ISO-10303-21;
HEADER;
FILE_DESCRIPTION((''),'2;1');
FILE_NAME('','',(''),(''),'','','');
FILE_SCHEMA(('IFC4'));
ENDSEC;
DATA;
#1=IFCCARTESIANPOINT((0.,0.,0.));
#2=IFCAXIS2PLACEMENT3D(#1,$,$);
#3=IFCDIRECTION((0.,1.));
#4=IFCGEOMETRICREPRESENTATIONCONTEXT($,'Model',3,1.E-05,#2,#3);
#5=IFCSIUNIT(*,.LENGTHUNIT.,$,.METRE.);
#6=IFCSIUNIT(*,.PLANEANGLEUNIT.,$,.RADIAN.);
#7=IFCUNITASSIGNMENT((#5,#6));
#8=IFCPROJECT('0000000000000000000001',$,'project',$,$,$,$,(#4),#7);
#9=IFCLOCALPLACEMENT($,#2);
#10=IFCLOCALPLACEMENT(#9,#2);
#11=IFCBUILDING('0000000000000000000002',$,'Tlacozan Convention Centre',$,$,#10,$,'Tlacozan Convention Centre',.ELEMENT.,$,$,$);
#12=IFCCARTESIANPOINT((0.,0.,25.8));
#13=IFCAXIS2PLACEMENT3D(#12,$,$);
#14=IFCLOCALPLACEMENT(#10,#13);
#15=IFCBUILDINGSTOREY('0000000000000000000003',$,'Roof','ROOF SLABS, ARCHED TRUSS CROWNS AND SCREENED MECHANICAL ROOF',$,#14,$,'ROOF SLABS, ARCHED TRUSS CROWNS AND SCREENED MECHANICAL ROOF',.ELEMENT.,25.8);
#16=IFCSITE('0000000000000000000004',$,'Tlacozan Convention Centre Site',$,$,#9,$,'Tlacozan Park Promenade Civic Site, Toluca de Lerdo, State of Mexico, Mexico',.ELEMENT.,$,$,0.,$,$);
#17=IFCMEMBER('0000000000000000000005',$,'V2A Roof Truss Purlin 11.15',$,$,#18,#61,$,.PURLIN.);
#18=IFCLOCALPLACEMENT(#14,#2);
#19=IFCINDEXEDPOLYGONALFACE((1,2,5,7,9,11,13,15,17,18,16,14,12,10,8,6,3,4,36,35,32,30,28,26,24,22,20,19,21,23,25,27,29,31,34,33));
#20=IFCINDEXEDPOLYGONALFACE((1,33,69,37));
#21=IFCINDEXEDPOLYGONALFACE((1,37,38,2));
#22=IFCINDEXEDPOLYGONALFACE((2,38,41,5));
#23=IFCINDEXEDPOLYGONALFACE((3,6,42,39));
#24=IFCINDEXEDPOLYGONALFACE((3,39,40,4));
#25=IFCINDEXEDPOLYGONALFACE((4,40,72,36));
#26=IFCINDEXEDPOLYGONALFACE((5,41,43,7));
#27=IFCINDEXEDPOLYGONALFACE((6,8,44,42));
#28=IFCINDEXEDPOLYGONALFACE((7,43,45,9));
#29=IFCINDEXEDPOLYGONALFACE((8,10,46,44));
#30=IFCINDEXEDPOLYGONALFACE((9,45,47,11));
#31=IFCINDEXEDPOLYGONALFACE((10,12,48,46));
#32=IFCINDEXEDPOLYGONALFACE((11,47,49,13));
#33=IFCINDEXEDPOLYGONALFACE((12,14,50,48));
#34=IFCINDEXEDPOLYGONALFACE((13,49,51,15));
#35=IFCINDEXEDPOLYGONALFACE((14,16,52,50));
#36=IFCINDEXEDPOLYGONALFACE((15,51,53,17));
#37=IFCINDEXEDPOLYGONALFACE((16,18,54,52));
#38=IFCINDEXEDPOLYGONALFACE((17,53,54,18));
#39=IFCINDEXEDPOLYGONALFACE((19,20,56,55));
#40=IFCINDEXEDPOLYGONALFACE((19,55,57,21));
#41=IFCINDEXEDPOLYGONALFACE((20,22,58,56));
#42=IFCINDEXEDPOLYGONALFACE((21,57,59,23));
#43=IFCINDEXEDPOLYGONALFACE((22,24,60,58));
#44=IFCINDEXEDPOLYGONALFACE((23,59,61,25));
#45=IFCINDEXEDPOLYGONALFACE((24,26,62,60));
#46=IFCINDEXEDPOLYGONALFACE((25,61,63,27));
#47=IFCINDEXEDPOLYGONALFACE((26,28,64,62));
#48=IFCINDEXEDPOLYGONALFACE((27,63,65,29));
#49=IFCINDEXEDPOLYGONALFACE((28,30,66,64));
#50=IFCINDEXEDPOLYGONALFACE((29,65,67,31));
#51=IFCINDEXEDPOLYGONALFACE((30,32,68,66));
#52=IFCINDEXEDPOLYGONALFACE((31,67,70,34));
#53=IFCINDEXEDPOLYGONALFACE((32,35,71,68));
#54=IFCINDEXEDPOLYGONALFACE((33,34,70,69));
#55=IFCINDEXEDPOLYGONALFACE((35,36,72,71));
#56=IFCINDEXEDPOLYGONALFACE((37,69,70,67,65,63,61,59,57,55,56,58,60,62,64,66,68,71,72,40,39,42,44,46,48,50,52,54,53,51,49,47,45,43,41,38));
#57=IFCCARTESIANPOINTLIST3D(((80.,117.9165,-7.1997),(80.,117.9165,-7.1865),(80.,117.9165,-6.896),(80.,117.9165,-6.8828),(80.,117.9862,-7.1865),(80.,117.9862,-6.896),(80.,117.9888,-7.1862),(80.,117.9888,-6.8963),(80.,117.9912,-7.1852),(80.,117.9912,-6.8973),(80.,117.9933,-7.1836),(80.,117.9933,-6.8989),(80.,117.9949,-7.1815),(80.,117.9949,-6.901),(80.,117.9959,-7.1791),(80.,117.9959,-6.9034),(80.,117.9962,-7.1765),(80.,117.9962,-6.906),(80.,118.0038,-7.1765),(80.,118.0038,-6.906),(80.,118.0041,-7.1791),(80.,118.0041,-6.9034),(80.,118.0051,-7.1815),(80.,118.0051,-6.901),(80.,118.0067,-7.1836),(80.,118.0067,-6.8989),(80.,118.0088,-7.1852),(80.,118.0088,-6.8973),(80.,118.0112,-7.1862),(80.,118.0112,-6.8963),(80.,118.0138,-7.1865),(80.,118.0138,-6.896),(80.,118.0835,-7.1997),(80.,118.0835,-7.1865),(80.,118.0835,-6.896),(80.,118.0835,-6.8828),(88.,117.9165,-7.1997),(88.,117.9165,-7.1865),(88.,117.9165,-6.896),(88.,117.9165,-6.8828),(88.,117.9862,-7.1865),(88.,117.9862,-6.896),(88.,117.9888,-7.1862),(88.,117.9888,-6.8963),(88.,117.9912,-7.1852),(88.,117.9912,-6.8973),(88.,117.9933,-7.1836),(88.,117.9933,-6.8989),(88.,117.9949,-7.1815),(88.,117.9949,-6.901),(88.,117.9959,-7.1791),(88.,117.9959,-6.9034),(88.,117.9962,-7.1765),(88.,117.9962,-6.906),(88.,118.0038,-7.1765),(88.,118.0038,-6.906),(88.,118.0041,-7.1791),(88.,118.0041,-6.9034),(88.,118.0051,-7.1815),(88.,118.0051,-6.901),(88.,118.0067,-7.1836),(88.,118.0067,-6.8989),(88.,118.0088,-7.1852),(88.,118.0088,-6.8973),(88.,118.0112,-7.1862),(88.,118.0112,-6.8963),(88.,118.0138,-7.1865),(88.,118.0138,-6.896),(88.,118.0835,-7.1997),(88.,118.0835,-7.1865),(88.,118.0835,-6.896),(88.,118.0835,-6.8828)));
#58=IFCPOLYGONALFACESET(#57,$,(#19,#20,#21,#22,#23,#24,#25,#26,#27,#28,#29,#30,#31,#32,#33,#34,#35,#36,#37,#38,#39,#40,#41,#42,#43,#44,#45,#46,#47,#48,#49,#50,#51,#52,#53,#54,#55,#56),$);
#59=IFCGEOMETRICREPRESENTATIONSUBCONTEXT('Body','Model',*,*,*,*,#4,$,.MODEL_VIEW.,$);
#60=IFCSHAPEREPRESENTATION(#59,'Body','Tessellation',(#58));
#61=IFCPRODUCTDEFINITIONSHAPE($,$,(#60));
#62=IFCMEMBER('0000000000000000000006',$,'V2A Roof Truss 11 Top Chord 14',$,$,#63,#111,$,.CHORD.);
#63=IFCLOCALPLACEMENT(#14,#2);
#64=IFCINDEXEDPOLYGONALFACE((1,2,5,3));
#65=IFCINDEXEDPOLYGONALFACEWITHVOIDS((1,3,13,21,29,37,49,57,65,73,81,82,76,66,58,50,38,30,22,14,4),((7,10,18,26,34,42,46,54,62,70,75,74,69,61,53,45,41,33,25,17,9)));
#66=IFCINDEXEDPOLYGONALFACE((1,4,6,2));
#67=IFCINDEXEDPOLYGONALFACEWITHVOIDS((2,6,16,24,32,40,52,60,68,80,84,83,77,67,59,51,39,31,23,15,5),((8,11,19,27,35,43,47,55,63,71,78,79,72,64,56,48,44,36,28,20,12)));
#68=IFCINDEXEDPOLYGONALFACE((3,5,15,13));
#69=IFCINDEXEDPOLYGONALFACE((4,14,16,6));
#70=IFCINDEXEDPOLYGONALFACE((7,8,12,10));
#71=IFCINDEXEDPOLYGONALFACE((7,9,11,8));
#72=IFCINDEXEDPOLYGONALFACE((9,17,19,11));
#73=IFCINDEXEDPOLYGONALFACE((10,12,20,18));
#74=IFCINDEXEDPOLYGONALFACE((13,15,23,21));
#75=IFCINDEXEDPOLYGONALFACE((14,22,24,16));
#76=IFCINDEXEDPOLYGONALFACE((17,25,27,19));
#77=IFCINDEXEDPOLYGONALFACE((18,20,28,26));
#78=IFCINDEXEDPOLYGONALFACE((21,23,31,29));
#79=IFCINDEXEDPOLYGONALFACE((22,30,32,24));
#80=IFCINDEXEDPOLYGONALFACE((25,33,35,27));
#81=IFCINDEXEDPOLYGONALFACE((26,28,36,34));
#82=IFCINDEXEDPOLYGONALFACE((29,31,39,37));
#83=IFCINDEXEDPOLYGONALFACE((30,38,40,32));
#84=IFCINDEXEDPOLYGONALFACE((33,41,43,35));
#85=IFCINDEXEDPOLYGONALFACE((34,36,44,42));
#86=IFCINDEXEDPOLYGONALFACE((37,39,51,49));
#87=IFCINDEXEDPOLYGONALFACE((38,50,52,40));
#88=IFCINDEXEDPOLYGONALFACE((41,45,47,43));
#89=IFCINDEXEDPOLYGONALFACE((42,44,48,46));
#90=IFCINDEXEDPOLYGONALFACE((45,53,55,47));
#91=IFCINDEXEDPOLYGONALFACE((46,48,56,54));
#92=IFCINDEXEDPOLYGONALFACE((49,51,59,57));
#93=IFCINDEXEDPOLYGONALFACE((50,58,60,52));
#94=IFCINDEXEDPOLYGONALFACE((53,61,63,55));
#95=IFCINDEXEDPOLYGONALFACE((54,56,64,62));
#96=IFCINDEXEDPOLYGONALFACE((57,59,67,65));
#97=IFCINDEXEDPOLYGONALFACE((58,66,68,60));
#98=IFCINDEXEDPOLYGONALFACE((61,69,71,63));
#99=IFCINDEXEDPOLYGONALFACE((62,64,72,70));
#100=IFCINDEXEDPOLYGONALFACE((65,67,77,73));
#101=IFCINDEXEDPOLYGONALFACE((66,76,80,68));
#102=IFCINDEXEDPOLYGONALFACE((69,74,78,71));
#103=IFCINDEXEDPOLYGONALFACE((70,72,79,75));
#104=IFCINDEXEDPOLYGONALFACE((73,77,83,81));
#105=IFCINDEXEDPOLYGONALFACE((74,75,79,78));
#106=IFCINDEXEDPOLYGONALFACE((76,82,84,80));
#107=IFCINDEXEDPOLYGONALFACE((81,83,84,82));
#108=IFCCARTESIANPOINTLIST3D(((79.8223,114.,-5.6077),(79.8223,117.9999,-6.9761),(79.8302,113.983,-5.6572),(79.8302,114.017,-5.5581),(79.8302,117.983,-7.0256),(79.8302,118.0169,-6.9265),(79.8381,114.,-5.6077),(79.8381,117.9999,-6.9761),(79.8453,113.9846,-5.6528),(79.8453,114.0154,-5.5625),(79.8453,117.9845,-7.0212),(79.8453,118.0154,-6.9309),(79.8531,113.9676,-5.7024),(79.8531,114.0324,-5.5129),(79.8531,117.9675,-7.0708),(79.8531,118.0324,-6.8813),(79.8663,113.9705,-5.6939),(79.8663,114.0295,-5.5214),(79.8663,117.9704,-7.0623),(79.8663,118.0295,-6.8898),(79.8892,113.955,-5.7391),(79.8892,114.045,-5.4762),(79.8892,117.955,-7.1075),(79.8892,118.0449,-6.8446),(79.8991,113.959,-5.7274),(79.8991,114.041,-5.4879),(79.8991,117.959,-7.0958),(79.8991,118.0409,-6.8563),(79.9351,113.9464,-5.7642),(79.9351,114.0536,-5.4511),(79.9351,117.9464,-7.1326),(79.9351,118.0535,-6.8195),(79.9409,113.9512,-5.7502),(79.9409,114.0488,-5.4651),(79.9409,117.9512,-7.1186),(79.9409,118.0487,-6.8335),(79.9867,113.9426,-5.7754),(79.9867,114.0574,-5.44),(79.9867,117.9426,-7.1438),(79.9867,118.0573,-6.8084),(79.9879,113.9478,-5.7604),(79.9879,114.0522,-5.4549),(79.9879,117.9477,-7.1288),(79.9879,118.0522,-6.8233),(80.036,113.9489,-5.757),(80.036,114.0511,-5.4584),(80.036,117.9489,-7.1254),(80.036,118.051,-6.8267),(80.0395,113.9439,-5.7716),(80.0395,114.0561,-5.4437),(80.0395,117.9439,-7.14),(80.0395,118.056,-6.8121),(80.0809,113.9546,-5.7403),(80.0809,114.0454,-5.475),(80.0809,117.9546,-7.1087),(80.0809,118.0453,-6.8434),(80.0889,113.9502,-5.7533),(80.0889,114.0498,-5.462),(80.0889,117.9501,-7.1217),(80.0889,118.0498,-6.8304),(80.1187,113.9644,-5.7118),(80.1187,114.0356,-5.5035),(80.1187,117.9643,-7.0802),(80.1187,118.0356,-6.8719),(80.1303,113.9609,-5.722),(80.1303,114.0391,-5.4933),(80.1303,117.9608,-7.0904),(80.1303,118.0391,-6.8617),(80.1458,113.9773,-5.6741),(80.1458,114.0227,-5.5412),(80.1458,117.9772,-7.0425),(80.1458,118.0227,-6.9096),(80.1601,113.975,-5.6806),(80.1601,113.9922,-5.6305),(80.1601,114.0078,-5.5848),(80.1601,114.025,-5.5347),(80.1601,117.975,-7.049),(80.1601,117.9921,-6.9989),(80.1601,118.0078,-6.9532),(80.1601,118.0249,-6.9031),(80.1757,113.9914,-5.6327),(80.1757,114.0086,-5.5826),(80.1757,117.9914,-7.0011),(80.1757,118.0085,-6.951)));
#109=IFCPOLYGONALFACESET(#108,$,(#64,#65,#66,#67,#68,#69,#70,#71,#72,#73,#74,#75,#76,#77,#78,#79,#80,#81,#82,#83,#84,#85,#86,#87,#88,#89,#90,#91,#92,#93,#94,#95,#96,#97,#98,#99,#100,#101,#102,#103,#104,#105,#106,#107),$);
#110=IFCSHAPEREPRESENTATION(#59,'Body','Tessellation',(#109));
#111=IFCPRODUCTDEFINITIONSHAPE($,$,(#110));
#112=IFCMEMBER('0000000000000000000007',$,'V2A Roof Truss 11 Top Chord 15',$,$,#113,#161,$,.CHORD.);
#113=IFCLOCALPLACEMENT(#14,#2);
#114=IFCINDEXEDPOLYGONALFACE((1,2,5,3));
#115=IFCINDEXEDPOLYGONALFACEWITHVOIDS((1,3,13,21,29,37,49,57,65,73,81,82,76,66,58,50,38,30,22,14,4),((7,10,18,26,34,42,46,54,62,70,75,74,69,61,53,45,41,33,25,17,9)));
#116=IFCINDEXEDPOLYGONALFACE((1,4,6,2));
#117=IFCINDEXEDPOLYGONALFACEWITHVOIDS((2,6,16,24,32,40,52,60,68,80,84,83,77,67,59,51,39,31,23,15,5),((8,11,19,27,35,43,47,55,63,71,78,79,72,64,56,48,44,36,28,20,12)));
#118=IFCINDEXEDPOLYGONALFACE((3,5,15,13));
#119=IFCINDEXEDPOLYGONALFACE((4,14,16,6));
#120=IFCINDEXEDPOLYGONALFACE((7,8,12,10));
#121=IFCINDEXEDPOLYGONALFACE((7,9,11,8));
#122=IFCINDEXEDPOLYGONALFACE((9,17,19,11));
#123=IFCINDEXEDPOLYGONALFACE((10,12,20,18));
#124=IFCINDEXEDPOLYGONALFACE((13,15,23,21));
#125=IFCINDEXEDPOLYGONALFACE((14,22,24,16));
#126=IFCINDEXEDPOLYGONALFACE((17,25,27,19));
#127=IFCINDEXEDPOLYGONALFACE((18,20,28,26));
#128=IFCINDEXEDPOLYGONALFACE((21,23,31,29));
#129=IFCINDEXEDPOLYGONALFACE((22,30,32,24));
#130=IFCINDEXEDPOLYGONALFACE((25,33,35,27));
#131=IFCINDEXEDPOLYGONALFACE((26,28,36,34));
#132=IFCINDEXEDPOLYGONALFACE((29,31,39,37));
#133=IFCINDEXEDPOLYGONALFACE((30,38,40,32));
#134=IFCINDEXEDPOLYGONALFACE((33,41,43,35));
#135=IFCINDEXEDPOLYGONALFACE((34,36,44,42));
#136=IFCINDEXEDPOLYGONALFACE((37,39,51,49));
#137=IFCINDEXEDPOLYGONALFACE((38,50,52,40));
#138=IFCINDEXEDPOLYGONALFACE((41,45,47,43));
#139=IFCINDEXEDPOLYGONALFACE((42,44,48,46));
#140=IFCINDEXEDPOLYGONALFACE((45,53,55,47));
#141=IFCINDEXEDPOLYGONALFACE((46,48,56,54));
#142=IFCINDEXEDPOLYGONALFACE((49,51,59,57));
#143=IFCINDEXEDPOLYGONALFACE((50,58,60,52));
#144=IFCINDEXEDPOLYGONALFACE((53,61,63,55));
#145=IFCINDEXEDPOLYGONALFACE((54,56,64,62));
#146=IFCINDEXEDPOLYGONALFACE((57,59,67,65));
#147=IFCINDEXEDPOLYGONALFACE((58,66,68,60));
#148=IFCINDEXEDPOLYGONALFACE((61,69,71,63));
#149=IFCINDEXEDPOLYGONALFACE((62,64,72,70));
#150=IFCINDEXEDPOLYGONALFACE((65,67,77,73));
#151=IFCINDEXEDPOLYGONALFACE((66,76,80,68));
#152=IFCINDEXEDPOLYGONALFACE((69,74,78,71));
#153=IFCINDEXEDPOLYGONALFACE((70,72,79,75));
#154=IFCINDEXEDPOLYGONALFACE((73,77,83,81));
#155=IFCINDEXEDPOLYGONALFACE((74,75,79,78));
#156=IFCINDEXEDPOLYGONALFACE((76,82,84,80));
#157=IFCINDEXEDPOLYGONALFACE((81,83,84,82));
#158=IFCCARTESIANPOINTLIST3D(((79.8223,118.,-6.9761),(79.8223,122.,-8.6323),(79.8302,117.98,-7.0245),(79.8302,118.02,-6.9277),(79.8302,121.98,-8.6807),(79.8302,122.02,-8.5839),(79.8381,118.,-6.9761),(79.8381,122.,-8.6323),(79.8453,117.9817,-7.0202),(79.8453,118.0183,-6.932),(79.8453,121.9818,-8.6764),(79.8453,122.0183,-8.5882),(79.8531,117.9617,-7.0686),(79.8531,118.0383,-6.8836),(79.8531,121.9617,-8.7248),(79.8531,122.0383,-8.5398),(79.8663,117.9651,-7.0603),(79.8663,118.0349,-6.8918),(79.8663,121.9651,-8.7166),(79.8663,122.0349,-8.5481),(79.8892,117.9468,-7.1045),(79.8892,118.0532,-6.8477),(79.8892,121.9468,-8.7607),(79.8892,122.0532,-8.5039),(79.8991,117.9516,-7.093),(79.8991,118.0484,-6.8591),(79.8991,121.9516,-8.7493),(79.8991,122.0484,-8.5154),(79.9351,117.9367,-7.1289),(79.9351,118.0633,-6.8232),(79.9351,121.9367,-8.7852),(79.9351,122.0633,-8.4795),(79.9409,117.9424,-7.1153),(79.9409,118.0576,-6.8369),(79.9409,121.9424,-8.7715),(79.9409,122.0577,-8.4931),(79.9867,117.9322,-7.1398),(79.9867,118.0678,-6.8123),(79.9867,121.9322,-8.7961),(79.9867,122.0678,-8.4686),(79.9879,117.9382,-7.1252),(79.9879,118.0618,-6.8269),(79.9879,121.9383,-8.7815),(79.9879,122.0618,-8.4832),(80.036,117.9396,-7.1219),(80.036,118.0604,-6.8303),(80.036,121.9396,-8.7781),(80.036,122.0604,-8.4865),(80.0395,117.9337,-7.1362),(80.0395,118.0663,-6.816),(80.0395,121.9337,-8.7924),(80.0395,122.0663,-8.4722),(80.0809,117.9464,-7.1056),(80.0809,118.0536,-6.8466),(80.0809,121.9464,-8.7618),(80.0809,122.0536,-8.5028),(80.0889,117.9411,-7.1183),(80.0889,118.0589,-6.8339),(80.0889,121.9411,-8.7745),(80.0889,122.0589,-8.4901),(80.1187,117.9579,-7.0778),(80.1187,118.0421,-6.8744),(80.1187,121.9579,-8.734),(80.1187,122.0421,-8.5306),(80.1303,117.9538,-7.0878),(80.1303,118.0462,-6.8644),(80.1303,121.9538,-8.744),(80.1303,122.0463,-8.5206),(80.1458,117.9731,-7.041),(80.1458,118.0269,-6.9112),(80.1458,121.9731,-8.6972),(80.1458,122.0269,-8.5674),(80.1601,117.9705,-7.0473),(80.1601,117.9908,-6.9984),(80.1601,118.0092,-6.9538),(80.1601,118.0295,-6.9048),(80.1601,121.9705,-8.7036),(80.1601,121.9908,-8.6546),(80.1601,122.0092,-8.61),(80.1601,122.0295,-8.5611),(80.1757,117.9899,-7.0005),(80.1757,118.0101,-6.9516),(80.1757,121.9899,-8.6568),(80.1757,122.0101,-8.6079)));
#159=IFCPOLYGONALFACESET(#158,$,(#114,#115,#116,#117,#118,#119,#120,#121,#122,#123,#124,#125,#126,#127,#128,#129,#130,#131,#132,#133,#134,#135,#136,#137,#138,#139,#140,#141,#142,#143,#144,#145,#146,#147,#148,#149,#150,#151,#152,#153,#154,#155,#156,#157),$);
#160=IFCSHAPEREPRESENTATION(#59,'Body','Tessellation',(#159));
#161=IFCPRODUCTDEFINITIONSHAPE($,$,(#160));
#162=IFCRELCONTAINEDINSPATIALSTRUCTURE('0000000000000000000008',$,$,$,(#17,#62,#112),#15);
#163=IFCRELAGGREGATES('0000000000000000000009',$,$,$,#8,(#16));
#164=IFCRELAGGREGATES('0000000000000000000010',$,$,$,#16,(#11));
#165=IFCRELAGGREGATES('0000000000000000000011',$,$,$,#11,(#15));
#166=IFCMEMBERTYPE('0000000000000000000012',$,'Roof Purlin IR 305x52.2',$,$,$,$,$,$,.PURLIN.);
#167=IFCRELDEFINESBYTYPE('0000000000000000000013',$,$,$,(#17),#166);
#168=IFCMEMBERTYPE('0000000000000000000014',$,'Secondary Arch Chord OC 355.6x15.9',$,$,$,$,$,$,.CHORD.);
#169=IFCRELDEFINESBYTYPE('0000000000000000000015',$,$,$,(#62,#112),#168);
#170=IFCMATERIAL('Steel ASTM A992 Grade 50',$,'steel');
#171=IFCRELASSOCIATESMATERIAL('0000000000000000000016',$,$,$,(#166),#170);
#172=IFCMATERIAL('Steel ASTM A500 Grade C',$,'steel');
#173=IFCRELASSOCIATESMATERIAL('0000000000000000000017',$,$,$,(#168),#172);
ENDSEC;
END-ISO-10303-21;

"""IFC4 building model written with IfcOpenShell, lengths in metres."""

from ifc_helpers import new_model, si_unit, direction, frame, origin, origin_2d, place, context, subcontext, project, spatial, hollow_circle, i_section, extrude, material, material_profile, profile_set, type_object, element, save


model = new_model("IFC4")

# Units and contexts
model_context = context("Model", 3, precision=1e-05, world=origin(), true_north=direction((0.0, 1.0)))
body_context = subcontext(model_context, "Body", "Model", "MODEL_VIEW")
ifc_project = project(units=[si_unit("LENGTHUNIT", "METRE"), si_unit("PLANEANGLEUNIT", "RADIAN")], contexts=[model_context])

# Site, building, storey
site_placement = place(None, origin())
site = spatial("IfcSite", under=ifc_project, at=site_placement, Name="Tlacozan Convention Centre Site", LongName="Tlacozan Park Promenade Civic Site, Toluca de Lerdo, State of Mexico, Mexico", CompositionType="ELEMENT", RefElevation=0.0)
building_placement = place(site_placement, origin())
building = spatial("IfcBuilding", under=site, at=building_placement, Name="Tlacozan Convention Centre", LongName="Tlacozan Convention Centre", CompositionType="ELEMENT")
storey_placement = place(building_placement, frame((0.0, 0.0, 25.8)))
storey = spatial("IfcBuildingStorey", under=building, at=storey_placement, Name="Roof", Description="ROOF SLABS, ARCHED TRUSS CROWNS AND SCREENED MECHANICAL ROOF", LongName="ROOF SLABS, ARCHED TRUSS CROWNS AND SCREENED MECHANICAL ROOF", CompositionType="ELEMENT", Elevation=25.8)

# Members
ifc_material_1 = material(Name="Steel ASTM A500 Grade C", Category="steel")
ifc_material_2 = material(Name="Steel ASTM A992 Grade 50", Category="steel")
ifc_material_profile_1 = material_profile(ifc_material_2, i_section(OverallWidth=0.167, OverallDepth=0.3169, WebThickness=0.0076, FlangeThickness=0.0132, FilletRadius=0.01, at=origin_2d()), Name="IR 305x52.2")
ifc_profile_set_1 = profile_set([ifc_material_profile_1], Name="Steel ASTM A992 Grade 50")
member_type_1 = type_object("IfcMemberType", Name="Roof Purlin IR 305x52.2", PredefinedType="PURLIN", material=ifc_profile_set_1)
member_1_placement = place(storey_placement, frame((80.0, 118.0, -7.0413), z_axis=(1.0, 0.0, 0.0), x_axis=(0.0, 1.0, 0.0)))
element("IfcMember", 1, at=member_1_placement, inside=storey, type_object=member_type_1, Name="V2A Roof Truss Purlin 11.15", PredefinedType="PURLIN", context=body_context, shape_type="SweptSolid", body=[
    extrude(i_section(OverallWidth=0.167, OverallDepth=0.3169, WebThickness=0.0076, FlangeThickness=0.0132, FilletRadius=0.01, at=origin_2d()), origin(), (0.0, 0.0, 1.0), 8.0),
])
ifc_material_profile_2 = material_profile(ifc_material_1, hollow_circle(Radius=0.1777, WallThickness=0.0159, at=origin_2d()), Name="OC 355.6x15.9")
ifc_profile_set_2 = profile_set([ifc_material_profile_2], Name="Steel ASTM A500 Grade C")
member_type_2 = type_object("IfcMemberType", Name="Secondary Arch Chord OC 355.6x15.9", PredefinedType="CHORD", material=ifc_profile_set_2)
member_2_placement = place(storey_placement, frame((80.0, 114.0, -5.6077), z_axis=(0.0, 0.946165, -0.323685), x_axis=(-1.0, 0.0, 0.0)))
element("IfcMember", 2, at=member_2_placement, inside=storey, type_object=member_type_2, Name="V2A Roof Truss 11 Top Chord 14", PredefinedType="CHORD", context=body_context, shape_type="SweptSolid", body=[
    extrude(hollow_circle(Radius=0.1777, WallThickness=0.0159, at=origin_2d()), origin(), (0.0, 0.0, 1.0), 4.2275),
])
member_3_placement = place(storey_placement, frame((80.0, 118.0, -6.9761), z_axis=(0.0, 0.923929, -0.382564), x_axis=(-1.0, 0.0, 0.0)))
element("IfcMember", 3, at=member_3_placement, inside=storey, type_object=member_type_2, Name="V2A Roof Truss 11 Top Chord 15", PredefinedType="CHORD", context=body_context, shape_type="SweptSolid", body=[
    extrude(hollow_circle(Radius=0.1777, WallThickness=0.0159, at=origin_2d()), origin(), (0.0, 0.0, 1.0), 4.3293),
])

save(model, "model.ifc")
